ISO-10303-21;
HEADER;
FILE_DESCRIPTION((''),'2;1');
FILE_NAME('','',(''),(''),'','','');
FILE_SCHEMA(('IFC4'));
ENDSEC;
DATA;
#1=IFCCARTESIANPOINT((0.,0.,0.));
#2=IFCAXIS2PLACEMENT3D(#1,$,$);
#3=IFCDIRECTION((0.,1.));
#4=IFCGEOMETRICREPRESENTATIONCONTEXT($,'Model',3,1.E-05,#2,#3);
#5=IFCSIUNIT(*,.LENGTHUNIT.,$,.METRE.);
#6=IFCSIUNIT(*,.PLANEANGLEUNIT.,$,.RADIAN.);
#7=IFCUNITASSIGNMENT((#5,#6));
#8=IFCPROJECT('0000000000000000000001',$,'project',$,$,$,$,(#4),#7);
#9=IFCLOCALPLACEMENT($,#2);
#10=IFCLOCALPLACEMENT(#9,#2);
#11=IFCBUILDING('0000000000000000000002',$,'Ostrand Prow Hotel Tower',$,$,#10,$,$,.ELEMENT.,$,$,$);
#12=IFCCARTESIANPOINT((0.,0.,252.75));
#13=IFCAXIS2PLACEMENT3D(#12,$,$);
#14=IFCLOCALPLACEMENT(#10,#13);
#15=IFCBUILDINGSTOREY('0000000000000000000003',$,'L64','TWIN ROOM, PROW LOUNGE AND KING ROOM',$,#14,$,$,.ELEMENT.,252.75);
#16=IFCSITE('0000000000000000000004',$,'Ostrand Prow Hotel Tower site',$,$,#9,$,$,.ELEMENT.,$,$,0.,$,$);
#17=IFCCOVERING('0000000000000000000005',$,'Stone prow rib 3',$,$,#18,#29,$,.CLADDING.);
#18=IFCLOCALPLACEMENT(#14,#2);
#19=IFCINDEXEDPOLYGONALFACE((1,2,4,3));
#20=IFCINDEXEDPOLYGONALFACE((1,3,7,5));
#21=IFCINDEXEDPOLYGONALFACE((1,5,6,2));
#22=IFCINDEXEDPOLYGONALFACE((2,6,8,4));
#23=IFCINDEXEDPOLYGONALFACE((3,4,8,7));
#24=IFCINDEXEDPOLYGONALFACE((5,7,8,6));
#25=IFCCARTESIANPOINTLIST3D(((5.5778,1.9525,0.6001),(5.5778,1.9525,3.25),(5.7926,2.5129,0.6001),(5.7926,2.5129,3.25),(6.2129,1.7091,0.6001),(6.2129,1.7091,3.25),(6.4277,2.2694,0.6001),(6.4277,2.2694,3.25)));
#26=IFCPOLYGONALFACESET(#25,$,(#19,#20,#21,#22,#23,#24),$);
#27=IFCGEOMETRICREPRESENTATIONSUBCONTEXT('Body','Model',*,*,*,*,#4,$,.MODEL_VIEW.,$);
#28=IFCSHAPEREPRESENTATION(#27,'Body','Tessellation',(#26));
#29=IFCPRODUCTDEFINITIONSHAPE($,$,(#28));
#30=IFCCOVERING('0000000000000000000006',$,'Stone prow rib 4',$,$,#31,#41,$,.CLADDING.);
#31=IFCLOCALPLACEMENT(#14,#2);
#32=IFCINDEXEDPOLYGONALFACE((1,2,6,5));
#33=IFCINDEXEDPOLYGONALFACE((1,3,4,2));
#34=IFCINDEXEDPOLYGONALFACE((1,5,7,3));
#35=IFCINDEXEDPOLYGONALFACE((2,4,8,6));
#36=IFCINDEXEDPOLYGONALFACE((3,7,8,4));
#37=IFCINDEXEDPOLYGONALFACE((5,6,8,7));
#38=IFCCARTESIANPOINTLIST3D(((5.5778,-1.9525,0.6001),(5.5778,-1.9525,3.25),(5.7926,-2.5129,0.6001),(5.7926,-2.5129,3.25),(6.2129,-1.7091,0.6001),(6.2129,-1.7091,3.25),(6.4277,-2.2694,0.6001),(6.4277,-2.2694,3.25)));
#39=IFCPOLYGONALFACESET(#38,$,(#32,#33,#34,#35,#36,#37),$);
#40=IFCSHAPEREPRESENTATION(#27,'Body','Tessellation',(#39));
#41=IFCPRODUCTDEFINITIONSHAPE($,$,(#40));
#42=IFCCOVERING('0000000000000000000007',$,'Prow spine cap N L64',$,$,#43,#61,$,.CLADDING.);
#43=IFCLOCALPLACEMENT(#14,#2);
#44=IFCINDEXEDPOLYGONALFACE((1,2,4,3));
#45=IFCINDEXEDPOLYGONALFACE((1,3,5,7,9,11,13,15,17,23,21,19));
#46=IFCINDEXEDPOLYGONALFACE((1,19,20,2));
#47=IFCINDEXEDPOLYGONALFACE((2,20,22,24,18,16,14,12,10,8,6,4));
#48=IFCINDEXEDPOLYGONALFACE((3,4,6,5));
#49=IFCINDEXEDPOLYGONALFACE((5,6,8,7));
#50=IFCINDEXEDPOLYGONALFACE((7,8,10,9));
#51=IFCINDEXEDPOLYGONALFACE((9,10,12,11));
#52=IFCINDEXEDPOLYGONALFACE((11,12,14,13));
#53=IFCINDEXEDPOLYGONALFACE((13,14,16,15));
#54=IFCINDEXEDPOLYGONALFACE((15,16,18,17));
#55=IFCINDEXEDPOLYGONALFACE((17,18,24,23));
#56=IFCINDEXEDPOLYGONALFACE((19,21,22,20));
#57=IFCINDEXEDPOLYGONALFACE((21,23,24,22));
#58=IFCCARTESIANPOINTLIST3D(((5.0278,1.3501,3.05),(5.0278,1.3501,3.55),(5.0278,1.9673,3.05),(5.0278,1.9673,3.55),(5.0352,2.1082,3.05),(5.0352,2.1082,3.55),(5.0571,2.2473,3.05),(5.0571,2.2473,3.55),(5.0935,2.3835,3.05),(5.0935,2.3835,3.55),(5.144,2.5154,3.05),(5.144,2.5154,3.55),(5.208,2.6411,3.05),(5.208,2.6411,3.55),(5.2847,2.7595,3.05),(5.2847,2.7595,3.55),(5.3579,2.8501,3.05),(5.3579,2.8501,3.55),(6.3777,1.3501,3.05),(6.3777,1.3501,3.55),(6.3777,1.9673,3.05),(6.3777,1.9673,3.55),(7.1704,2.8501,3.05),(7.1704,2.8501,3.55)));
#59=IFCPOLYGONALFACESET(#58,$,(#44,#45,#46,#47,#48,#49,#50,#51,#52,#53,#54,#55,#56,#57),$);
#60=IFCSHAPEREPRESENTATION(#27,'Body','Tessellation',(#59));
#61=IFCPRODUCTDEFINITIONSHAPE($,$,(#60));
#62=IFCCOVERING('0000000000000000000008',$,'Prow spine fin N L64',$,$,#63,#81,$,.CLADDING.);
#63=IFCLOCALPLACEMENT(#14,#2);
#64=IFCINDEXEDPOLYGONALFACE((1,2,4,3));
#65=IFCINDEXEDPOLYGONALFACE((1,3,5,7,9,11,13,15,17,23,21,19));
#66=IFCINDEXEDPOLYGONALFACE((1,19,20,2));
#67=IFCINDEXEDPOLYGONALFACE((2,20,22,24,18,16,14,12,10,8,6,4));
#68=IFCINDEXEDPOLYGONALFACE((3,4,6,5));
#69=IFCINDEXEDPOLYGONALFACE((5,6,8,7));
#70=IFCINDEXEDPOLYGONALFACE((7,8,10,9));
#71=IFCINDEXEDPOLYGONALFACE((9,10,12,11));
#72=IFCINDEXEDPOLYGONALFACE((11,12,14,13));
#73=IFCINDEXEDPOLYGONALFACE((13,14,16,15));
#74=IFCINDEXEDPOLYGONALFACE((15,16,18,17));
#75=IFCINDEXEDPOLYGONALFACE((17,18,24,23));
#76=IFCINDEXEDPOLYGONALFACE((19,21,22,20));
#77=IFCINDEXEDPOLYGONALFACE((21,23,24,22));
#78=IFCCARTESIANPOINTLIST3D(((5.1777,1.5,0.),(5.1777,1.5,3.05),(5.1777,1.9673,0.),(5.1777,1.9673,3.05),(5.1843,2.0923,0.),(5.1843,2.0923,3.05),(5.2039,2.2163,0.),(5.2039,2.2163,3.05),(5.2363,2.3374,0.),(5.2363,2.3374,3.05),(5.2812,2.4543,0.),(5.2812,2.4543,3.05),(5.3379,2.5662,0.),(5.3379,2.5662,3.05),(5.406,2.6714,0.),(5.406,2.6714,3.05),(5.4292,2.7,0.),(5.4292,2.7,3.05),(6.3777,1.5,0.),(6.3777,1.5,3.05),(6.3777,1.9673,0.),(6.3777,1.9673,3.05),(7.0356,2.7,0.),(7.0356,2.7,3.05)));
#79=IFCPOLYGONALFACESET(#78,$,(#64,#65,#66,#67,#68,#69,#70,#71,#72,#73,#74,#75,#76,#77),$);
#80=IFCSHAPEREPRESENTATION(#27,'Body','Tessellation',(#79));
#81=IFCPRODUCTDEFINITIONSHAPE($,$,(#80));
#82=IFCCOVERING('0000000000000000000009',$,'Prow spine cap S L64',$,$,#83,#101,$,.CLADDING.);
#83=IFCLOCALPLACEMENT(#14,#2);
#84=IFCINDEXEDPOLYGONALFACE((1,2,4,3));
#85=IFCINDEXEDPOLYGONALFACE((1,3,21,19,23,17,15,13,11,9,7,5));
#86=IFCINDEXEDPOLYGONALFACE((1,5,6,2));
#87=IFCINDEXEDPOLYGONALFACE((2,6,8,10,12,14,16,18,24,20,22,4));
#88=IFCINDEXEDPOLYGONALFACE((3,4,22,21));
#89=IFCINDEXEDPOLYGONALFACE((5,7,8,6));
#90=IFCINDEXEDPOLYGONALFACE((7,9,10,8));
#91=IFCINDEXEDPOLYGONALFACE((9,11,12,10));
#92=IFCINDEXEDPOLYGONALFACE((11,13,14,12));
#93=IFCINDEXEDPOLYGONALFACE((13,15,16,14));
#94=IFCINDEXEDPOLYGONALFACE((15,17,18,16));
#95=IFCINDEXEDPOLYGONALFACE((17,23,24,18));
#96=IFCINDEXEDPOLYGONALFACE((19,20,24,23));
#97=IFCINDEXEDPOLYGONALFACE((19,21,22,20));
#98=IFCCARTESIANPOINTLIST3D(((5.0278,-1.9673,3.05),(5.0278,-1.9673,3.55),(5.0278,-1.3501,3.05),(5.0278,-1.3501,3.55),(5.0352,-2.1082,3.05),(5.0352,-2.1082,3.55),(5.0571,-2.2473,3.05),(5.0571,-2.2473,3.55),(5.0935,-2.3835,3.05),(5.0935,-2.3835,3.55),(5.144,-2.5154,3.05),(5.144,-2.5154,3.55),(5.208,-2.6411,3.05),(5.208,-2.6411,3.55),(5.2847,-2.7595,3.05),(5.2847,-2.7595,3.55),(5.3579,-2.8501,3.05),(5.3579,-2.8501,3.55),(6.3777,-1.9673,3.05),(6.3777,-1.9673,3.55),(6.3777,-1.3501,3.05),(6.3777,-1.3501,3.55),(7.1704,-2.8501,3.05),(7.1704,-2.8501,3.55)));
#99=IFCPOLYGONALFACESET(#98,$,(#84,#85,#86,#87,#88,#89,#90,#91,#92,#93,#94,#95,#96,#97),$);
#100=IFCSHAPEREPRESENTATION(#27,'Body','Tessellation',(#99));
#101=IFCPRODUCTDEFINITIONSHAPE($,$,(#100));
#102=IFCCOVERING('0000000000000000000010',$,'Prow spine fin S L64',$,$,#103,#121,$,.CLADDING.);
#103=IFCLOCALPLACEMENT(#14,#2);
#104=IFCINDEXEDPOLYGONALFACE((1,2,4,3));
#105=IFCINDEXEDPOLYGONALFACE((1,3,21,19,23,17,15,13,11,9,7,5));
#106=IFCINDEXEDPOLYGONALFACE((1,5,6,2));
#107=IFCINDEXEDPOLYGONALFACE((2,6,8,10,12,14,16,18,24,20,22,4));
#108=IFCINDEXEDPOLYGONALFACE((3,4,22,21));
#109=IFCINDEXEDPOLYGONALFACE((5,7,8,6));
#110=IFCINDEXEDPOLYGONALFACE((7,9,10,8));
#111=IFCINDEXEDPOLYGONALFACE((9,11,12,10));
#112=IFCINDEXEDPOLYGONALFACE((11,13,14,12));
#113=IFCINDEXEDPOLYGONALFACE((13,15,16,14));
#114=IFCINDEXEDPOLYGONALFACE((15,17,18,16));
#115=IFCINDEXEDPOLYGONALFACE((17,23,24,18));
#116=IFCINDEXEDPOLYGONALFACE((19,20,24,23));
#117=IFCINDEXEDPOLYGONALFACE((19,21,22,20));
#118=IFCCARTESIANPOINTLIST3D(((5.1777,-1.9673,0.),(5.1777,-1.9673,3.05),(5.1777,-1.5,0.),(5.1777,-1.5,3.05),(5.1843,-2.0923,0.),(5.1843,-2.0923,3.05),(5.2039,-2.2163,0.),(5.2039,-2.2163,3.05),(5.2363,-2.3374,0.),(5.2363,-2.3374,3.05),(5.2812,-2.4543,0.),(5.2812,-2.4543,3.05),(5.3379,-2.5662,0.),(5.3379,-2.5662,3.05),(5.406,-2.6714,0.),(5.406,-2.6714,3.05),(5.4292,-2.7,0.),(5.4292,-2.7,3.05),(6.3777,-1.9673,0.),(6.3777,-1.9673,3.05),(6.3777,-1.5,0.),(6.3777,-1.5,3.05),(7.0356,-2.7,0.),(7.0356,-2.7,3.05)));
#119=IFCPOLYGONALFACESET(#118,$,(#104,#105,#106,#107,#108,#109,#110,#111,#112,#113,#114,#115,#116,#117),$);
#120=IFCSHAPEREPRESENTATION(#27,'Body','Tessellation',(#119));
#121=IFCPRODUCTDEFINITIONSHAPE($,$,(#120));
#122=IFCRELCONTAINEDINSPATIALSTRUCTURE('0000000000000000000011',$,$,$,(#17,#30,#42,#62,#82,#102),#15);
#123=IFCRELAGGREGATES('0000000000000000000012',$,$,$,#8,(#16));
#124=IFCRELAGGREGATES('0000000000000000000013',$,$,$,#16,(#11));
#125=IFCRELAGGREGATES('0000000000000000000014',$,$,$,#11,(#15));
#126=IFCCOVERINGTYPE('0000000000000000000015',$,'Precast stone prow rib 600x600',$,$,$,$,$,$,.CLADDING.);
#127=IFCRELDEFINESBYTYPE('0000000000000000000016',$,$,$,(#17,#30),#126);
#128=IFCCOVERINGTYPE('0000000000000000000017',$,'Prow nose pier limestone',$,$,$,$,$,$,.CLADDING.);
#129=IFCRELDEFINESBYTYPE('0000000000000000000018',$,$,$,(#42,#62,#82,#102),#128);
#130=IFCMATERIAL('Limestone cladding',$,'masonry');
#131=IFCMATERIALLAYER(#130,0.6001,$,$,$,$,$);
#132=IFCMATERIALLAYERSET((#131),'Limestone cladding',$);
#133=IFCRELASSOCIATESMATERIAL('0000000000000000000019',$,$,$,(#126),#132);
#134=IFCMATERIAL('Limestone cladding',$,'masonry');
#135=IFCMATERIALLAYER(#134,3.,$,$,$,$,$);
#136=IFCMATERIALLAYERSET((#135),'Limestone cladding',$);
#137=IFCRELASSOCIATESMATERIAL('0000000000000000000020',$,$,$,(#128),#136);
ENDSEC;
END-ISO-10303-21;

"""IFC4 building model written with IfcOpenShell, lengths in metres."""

from ifc_helpers import new_model, si_unit, direction, frame, frame_2d, origin, place, context, subcontext, project, spatial, polyline, rectangle, outline, extrude, material, layer, layer_set, type_object, element, save


model = new_model("IFC4")

# Units and contexts
model_context = context("Model", 3, precision=1e-05, world=origin(), true_north=direction((0.0, 1.0)))
body_context = subcontext(model_context, "Body", "Model", "MODEL_VIEW")
ifc_project = project(units=[si_unit("LENGTHUNIT", "METRE"), si_unit("PLANEANGLEUNIT", "RADIAN")], contexts=[model_context])

# Site, building, storey
site_placement = place(None, origin())
site = spatial("IfcSite", under=ifc_project, at=site_placement, Name="Ostrand Prow Hotel Tower site", CompositionType="ELEMENT", RefElevation=0.0)
building_placement = place(site_placement, origin())
building = spatial("IfcBuilding", under=site, at=building_placement, Name="Ostrand Prow Hotel Tower", CompositionType="ELEMENT")
storey_placement = place(building_placement, frame((0.0, 0.0, 252.75)))
storey = spatial("IfcBuildingStorey", under=building, at=storey_placement, Name="L64", Description="TWIN ROOM, PROW LOUNGE AND KING ROOM", CompositionType="ELEMENT", Elevation=252.75)

# Coverings
ifc_material_1 = material(Name="Limestone cladding", Category="masonry")
ifc_layer_1 = layer(ifc_material_1, 0.6001)
ifc_layer_set_1 = layer_set([ifc_layer_1], Name="Limestone cladding")
covering_type_1 = type_object("IfcCoveringType", Name="Precast stone prow rib 600x600", PredefinedType="CLADDING", material=ifc_layer_set_1)
for number, where, z_axis, x_axis, name in (
    (1, (6.3203, 1.9893, 0.6001), (0.0, 0.0, 1.0), (-0.933752, 0.35792, 0.0), "Stone prow rib 3"),
    (2, (6.3203, -1.9893, 0.6001), (0.0, 0.0, 1.0), (-0.933752, -0.35792, 0.0), "Stone prow rib 4"),
):
    element("IfcCovering", number, at=place(storey_placement, frame(where, z_axis=z_axis, x_axis=x_axis)), inside=storey, type_object=covering_type_1, Name=name, PredefinedType="CLADDING", context=body_context, shape_type="SweptSolid", body=[
        extrude(rectangle(XDim=0.6802, YDim=0.6001, at=frame_2d((0.3401, 0.0))), origin(), (0.0, 0.0, 1.0), 2.6499),
    ])
ifc_material_2 = material(Name="Limestone cladding", Category="masonry")
ifc_layer_2 = layer(ifc_material_2, 3.0)
ifc_layer_set_2 = layer_set([ifc_layer_2], Name="Limestone cladding")
covering_type_2 = type_object("IfcCoveringType", Name="Prow nose pier limestone", PredefinedType="CLADDING", material=ifc_layer_set_2)
covering_1_placement = place(storey_placement, frame((0.0, 0.0, 3.05)))
element("IfcCovering", 3, at=covering_1_placement, inside=storey, type_object=covering_type_2, Name="Prow spine cap N L64", PredefinedType="CLADDING", context=body_context, shape_type="SweptSolid", body=[
    extrude(outline(polyline([(5.0278, 1.9673), (5.0278, 1.3501), (6.3777, 1.3501), (6.3777, 1.9673), (7.1704, 2.8501), (5.3579, 2.8501), (5.2847, 2.7595), (5.208, 2.6411), (5.144, 2.5154), (5.0935, 2.3835), (5.0571, 2.2473), (5.0352, 2.1082), (5.0278, 1.9673)])), origin(), (0.0, 0.0, 1.0), 0.5),
])
covering_2_placement = place(storey_placement, origin())
element("IfcCovering", 4, at=covering_2_placement, inside=storey, type_object=covering_type_2, Name="Prow spine fin N L64", PredefinedType="CLADDING", context=body_context, shape_type="SweptSolid", body=[
    extrude(outline(polyline([(5.1777, 1.9673), (5.1777, 1.5), (6.3777, 1.5), (6.3777, 1.9673), (7.0356, 2.7), (5.4292, 2.7), (5.406, 2.6714), (5.3379, 2.5662), (5.2812, 2.4543), (5.2363, 2.3374), (5.2039, 2.2163), (5.1843, 2.0923), (5.1777, 1.9673)])), origin(), (0.0, 0.0, 1.0), 3.05),
])
covering_3_placement = place(storey_placement, frame((0.0, 0.0, 3.05)))
element("IfcCovering", 5, at=covering_3_placement, inside=storey, type_object=covering_type_2, Name="Prow spine cap S L64", PredefinedType="CLADDING", context=body_context, shape_type="SweptSolid", body=[
    extrude(outline(polyline([(5.2847, -2.7595), (5.3579, -2.8501), (7.1704, -2.8501), (6.3777, -1.9673), (6.3777, -1.3501), (5.0278, -1.3501), (5.0278, -1.9673), (5.0352, -2.1082), (5.0571, -2.2473), (5.0935, -2.3835), (5.144, -2.5154), (5.208, -2.6411), (5.2847, -2.7595)])), origin(), (0.0, 0.0, 1.0), 0.5),
])
covering_4_placement = place(storey_placement, origin())
element("IfcCovering", 6, at=covering_4_placement, inside=storey, type_object=covering_type_2, Name="Prow spine fin S L64", PredefinedType="CLADDING", context=body_context, shape_type="SweptSolid", body=[
    extrude(outline(polyline([(5.406, -2.6714), (5.4292, -2.7), (7.0356, -2.7), (6.3777, -1.9673), (6.3777, -1.5), (5.1777, -1.5), (5.1777, -1.9673), (5.1843, -2.0923), (5.2039, -2.2163), (5.2363, -2.3374), (5.2812, -2.4543), (5.3379, -2.5662), (5.406, -2.6714)])), origin(), (0.0, 0.0, 1.0), 3.05),
])

save(model, "model.ifc")
